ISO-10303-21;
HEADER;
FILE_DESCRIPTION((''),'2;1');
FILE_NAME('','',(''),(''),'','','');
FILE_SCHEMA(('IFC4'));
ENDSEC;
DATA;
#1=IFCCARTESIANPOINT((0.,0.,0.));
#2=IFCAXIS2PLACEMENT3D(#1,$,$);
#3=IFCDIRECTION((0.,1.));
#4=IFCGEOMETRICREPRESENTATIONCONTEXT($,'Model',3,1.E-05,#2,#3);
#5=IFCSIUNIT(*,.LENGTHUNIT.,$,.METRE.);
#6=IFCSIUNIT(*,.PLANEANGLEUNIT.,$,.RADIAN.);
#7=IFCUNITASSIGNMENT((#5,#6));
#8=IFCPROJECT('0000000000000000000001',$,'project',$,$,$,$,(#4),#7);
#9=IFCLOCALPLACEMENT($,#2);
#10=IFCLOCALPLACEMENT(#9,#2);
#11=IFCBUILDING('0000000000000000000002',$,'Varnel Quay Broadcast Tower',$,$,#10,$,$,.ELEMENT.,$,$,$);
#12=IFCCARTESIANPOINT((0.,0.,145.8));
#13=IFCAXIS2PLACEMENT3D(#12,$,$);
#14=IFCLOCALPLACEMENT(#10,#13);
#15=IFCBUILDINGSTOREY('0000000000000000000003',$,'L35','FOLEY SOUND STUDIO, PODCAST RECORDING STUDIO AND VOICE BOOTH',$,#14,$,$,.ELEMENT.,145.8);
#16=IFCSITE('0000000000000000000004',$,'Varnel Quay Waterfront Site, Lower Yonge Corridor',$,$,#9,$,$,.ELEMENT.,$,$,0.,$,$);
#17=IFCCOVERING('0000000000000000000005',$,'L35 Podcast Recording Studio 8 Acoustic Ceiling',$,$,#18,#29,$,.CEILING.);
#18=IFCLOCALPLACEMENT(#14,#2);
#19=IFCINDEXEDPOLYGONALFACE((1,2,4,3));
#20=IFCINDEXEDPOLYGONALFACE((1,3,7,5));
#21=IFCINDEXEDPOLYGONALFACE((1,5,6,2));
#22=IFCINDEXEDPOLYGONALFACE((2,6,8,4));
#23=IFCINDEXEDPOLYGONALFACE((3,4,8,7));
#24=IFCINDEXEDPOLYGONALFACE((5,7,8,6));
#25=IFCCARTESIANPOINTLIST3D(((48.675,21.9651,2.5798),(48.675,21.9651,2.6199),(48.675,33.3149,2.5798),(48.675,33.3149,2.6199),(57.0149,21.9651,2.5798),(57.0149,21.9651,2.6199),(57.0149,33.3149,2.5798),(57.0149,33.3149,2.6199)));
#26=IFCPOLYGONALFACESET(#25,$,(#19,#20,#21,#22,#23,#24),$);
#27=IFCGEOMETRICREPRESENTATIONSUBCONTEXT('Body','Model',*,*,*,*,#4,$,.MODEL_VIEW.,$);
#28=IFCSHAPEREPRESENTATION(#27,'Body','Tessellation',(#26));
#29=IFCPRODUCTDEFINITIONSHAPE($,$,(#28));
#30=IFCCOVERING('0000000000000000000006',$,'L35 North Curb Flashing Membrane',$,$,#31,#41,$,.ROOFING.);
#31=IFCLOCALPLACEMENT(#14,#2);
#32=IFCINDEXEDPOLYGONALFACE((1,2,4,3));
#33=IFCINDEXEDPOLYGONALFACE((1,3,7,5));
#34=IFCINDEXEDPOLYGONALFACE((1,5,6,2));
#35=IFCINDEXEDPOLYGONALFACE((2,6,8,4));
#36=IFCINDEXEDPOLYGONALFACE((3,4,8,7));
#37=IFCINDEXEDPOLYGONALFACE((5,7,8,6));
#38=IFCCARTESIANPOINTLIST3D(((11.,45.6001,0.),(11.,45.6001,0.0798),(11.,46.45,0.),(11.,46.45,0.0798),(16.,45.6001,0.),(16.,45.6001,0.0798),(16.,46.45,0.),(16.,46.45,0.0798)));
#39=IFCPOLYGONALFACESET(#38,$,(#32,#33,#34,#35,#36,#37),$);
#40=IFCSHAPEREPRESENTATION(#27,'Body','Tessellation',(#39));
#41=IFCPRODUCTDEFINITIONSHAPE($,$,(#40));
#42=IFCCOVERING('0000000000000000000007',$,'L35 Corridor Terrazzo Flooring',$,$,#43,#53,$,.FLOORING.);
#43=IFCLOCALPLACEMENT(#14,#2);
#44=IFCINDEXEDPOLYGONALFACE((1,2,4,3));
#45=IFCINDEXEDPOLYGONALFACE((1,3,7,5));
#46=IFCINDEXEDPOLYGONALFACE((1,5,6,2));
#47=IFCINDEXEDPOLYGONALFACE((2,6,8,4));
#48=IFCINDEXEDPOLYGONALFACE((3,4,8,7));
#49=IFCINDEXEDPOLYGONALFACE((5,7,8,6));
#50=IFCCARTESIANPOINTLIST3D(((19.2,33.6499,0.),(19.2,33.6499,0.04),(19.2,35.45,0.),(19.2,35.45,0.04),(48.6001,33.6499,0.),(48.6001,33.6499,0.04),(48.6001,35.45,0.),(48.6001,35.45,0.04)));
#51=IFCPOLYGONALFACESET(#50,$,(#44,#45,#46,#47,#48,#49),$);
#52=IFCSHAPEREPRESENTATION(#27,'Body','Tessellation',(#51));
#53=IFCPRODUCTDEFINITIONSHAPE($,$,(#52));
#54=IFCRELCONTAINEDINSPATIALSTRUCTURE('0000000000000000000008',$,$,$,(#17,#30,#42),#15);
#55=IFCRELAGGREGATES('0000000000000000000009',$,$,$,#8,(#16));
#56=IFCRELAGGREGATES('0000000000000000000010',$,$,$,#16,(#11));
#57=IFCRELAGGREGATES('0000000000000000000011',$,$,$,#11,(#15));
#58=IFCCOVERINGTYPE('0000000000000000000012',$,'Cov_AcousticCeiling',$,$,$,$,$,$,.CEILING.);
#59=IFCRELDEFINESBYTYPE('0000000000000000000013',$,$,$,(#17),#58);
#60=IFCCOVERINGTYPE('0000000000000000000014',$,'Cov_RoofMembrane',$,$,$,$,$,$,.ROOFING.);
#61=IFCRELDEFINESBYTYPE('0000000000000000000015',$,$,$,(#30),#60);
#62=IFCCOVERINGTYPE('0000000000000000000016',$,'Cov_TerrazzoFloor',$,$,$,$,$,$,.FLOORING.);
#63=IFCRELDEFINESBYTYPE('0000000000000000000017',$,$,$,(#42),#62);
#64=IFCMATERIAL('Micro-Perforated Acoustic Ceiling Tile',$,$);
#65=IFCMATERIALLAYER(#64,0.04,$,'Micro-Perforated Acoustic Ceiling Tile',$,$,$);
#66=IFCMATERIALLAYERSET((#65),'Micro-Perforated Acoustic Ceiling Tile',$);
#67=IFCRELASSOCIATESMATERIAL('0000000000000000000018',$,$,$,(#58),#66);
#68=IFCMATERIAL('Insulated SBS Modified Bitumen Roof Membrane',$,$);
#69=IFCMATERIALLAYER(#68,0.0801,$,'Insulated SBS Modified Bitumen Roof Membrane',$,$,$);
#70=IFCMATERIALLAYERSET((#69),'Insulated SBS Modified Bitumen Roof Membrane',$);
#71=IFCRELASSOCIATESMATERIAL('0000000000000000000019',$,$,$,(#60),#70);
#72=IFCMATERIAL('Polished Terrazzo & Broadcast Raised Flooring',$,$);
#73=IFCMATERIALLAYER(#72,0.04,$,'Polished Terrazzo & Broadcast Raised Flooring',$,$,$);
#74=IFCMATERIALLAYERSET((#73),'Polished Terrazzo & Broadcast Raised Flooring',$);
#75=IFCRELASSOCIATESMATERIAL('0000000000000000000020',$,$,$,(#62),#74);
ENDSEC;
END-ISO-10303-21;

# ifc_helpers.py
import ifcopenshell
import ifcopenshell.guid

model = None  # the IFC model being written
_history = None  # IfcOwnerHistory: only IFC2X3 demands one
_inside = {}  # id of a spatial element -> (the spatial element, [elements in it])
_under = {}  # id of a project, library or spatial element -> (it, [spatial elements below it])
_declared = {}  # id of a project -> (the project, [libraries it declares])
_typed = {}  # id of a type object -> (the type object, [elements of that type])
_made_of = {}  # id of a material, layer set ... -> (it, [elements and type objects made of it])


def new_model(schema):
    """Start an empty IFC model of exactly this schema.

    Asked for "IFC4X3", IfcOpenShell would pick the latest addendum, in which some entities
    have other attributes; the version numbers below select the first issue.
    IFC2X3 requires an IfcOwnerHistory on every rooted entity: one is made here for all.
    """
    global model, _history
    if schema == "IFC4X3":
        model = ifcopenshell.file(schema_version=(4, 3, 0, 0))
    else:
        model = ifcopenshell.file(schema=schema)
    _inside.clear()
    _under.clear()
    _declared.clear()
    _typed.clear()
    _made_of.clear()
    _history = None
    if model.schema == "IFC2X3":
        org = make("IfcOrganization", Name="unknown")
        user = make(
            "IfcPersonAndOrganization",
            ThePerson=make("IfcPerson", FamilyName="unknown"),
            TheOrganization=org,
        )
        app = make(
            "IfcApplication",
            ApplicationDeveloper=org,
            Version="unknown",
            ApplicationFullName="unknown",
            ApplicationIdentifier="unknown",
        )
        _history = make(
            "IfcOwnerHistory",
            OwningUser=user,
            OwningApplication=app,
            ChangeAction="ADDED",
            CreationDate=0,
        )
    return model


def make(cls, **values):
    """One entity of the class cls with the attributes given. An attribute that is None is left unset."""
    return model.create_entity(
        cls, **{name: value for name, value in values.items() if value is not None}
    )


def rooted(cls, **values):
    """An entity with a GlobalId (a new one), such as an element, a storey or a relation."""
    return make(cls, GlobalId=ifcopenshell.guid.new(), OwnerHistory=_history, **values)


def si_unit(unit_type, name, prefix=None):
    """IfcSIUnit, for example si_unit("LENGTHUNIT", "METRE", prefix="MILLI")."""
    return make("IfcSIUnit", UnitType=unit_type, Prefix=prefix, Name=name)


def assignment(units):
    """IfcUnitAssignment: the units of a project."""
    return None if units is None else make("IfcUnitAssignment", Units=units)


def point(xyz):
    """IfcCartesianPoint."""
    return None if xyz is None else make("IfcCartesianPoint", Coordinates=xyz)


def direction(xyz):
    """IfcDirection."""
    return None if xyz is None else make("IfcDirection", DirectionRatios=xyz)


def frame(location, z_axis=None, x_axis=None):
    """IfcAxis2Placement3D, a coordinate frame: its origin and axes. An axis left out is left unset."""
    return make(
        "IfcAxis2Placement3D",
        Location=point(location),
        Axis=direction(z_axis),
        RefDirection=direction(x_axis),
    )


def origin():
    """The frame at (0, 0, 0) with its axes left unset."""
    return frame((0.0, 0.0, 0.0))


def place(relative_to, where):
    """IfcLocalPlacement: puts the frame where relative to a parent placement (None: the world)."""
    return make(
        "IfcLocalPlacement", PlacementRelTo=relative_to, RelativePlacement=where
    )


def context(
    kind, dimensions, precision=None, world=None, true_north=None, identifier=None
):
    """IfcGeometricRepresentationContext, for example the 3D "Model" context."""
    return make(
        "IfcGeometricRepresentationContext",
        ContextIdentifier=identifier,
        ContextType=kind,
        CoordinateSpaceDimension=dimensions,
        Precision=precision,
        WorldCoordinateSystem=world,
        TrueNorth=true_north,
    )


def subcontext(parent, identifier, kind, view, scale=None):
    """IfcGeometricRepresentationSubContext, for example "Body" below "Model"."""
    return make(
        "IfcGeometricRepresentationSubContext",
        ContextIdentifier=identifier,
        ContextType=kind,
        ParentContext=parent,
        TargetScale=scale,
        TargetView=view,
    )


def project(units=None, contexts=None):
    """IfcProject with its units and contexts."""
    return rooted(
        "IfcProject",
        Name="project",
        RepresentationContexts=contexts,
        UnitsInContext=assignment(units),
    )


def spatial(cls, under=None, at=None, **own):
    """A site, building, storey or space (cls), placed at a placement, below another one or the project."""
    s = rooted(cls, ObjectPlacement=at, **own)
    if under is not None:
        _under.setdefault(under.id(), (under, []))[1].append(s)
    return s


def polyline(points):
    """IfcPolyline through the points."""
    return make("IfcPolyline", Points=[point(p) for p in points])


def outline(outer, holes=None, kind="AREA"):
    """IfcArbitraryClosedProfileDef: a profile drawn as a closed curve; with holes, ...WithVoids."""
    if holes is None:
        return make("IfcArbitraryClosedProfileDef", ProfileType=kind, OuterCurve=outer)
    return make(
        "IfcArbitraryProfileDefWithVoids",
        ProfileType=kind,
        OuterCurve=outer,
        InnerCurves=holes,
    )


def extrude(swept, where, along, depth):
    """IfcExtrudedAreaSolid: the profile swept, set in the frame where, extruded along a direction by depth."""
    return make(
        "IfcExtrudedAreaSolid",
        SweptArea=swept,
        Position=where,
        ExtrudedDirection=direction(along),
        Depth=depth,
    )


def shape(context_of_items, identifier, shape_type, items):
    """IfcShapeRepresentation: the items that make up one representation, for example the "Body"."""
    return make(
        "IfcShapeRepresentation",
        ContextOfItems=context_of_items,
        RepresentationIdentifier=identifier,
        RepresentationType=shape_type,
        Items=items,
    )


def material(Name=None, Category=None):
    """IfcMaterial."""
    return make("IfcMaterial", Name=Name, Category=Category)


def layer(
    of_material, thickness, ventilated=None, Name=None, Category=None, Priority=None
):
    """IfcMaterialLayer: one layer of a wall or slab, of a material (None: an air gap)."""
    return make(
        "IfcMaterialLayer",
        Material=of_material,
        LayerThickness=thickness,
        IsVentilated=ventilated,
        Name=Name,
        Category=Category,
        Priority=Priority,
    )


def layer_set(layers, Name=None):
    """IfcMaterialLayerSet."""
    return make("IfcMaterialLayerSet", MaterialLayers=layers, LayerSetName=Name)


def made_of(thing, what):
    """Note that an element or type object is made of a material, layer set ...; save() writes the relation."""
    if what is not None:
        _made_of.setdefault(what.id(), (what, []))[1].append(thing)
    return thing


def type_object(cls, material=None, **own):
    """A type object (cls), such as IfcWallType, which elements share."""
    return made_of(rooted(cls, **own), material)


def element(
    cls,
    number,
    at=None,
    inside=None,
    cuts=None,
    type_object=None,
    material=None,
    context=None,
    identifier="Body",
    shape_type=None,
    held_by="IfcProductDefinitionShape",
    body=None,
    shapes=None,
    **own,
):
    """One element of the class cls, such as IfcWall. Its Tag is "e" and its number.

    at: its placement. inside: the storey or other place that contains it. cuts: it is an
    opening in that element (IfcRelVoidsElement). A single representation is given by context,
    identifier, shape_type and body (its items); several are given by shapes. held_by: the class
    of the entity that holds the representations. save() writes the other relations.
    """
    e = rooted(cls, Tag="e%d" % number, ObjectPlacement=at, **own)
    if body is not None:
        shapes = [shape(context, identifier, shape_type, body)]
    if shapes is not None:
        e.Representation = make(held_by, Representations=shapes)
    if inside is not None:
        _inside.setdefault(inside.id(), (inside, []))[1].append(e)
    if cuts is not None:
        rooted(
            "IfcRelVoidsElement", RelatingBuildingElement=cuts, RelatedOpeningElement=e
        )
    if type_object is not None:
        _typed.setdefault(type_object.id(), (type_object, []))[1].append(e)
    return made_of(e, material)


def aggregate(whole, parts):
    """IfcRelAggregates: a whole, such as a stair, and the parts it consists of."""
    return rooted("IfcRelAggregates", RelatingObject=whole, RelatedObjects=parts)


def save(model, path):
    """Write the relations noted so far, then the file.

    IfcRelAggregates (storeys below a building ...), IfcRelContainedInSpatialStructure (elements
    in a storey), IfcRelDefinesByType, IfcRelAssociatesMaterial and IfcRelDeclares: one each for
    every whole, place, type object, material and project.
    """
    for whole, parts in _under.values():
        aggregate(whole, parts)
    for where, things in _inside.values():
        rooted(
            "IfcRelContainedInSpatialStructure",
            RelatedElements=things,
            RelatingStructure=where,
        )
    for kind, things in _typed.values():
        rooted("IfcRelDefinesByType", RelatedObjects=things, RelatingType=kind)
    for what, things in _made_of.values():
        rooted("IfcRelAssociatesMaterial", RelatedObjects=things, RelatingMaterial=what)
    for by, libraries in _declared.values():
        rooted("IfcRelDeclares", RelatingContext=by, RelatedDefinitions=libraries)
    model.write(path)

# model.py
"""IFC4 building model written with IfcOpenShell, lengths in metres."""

from ifc_helpers import new_model, si_unit, direction, frame, origin, place, context, subcontext, project, spatial, polyline, outline, extrude, material, layer, layer_set, type_object, element, save


model = new_model("IFC4")

# Units and contexts
model_context = context("Model", 3, precision=1e-05, world=origin(), true_north=direction((0.0, 1.0)))
body_context = subcontext(model_context, "Body", "Model", "MODEL_VIEW")
ifc_project = project(units=[si_unit("LENGTHUNIT", "METRE"), si_unit("PLANEANGLEUNIT", "RADIAN")], contexts=[model_context])

# Site, building, storey
site_placement = place(None, origin())
site = spatial("IfcSite", under=ifc_project, at=site_placement, Name="Varnel Quay Waterfront Site, Lower Yonge Corridor", CompositionType="ELEMENT", RefElevation=0.0)
building_placement = place(site_placement, origin())
building = spatial("IfcBuilding", under=site, at=building_placement, Name="Varnel Quay Broadcast Tower", CompositionType="ELEMENT")
storey_placement = place(building_placement, frame((0.0, 0.0, 145.8)))
storey = spatial("IfcBuildingStorey", under=building, at=storey_placement, Name="L35", Description="FOLEY SOUND STUDIO, PODCAST RECORDING STUDIO AND VOICE BOOTH", CompositionType="ELEMENT", Elevation=145.8)

# Coverings
ifc_material_1 = material(Name="Micro-Perforated Acoustic Ceiling Tile")
ifc_layer_1 = layer(ifc_material_1, 0.04, Name="Micro-Perforated Acoustic Ceiling Tile")
ifc_layer_set_1 = layer_set([ifc_layer_1], Name="Micro-Perforated Acoustic Ceiling Tile")
covering_type_1 = type_object("IfcCoveringType", Name="Cov_AcousticCeiling", PredefinedType="CEILING", material=ifc_layer_set_1)
covering_1_placement = place(storey_placement, frame((0.0, 0.0, 2.5798)))
element("IfcCovering", 1, at=covering_1_placement, inside=storey, type_object=covering_type_1, Name="L35 Podcast Recording Studio 8 Acoustic Ceiling", PredefinedType="CEILING", context=body_context, shape_type="SweptSolid", body=[
    extrude(outline(polyline([(48.675, 21.9651), (57.0149, 21.9651), (57.0149, 33.3149), (48.675, 33.3149), (48.675, 21.9651)])), origin(), (0.0, 0.0, 1.0), 0.04),
])
ifc_material_2 = material(Name="Insulated SBS Modified Bitumen Roof Membrane")
ifc_layer_2 = layer(ifc_material_2, 0.0801, Name="Insulated SBS Modified Bitumen Roof Membrane")
ifc_layer_set_2 = layer_set([ifc_layer_2], Name="Insulated SBS Modified Bitumen Roof Membrane")
covering_type_2 = type_object("IfcCoveringType", Name="Cov_RoofMembrane", PredefinedType="ROOFING", material=ifc_layer_set_2)
covering_2_placement = place(storey_placement, origin())
element("IfcCovering", 2, at=covering_2_placement, inside=storey, type_object=covering_type_2, Name="L35 North Curb Flashing Membrane", PredefinedType="ROOFING", context=body_context, shape_type="SweptSolid", body=[
    extrude(outline(polyline([(11.0, 45.6001), (16.0, 45.6001), (16.0, 46.45), (11.0, 46.45), (11.0, 45.6001)])), origin(), (0.0, 0.0, 1.0), 0.0798),
])
ifc_material_3 = material(Name="Polished Terrazzo & Broadcast Raised Flooring")
ifc_layer_3 = layer(ifc_material_3, 0.04, Name="Polished Terrazzo & Broadcast Raised Flooring")
ifc_layer_set_3 = layer_set([ifc_layer_3], Name="Polished Terrazzo & Broadcast Raised Flooring")
covering_type_3 = type_object("IfcCoveringType", Name="Cov_TerrazzoFloor", PredefinedType="FLOORING", material=ifc_layer_set_3)
covering_3_placement = place(storey_placement, origin())
element("IfcCovering", 3, at=covering_3_placement, inside=storey, type_object=covering_type_3, Name="L35 Corridor Terrazzo Flooring", PredefinedType="FLOORING", context=body_context, shape_type="SweptSolid", body=[
    extrude(outline(polyline([(19.2, 33.6499), (48.6001, 33.6499), (48.6001, 35.45), (19.2, 35.45), (19.2, 33.6499)])), origin(), (0.0, 0.0, 1.0), 0.04),
])

save(model, "model.ifc")
